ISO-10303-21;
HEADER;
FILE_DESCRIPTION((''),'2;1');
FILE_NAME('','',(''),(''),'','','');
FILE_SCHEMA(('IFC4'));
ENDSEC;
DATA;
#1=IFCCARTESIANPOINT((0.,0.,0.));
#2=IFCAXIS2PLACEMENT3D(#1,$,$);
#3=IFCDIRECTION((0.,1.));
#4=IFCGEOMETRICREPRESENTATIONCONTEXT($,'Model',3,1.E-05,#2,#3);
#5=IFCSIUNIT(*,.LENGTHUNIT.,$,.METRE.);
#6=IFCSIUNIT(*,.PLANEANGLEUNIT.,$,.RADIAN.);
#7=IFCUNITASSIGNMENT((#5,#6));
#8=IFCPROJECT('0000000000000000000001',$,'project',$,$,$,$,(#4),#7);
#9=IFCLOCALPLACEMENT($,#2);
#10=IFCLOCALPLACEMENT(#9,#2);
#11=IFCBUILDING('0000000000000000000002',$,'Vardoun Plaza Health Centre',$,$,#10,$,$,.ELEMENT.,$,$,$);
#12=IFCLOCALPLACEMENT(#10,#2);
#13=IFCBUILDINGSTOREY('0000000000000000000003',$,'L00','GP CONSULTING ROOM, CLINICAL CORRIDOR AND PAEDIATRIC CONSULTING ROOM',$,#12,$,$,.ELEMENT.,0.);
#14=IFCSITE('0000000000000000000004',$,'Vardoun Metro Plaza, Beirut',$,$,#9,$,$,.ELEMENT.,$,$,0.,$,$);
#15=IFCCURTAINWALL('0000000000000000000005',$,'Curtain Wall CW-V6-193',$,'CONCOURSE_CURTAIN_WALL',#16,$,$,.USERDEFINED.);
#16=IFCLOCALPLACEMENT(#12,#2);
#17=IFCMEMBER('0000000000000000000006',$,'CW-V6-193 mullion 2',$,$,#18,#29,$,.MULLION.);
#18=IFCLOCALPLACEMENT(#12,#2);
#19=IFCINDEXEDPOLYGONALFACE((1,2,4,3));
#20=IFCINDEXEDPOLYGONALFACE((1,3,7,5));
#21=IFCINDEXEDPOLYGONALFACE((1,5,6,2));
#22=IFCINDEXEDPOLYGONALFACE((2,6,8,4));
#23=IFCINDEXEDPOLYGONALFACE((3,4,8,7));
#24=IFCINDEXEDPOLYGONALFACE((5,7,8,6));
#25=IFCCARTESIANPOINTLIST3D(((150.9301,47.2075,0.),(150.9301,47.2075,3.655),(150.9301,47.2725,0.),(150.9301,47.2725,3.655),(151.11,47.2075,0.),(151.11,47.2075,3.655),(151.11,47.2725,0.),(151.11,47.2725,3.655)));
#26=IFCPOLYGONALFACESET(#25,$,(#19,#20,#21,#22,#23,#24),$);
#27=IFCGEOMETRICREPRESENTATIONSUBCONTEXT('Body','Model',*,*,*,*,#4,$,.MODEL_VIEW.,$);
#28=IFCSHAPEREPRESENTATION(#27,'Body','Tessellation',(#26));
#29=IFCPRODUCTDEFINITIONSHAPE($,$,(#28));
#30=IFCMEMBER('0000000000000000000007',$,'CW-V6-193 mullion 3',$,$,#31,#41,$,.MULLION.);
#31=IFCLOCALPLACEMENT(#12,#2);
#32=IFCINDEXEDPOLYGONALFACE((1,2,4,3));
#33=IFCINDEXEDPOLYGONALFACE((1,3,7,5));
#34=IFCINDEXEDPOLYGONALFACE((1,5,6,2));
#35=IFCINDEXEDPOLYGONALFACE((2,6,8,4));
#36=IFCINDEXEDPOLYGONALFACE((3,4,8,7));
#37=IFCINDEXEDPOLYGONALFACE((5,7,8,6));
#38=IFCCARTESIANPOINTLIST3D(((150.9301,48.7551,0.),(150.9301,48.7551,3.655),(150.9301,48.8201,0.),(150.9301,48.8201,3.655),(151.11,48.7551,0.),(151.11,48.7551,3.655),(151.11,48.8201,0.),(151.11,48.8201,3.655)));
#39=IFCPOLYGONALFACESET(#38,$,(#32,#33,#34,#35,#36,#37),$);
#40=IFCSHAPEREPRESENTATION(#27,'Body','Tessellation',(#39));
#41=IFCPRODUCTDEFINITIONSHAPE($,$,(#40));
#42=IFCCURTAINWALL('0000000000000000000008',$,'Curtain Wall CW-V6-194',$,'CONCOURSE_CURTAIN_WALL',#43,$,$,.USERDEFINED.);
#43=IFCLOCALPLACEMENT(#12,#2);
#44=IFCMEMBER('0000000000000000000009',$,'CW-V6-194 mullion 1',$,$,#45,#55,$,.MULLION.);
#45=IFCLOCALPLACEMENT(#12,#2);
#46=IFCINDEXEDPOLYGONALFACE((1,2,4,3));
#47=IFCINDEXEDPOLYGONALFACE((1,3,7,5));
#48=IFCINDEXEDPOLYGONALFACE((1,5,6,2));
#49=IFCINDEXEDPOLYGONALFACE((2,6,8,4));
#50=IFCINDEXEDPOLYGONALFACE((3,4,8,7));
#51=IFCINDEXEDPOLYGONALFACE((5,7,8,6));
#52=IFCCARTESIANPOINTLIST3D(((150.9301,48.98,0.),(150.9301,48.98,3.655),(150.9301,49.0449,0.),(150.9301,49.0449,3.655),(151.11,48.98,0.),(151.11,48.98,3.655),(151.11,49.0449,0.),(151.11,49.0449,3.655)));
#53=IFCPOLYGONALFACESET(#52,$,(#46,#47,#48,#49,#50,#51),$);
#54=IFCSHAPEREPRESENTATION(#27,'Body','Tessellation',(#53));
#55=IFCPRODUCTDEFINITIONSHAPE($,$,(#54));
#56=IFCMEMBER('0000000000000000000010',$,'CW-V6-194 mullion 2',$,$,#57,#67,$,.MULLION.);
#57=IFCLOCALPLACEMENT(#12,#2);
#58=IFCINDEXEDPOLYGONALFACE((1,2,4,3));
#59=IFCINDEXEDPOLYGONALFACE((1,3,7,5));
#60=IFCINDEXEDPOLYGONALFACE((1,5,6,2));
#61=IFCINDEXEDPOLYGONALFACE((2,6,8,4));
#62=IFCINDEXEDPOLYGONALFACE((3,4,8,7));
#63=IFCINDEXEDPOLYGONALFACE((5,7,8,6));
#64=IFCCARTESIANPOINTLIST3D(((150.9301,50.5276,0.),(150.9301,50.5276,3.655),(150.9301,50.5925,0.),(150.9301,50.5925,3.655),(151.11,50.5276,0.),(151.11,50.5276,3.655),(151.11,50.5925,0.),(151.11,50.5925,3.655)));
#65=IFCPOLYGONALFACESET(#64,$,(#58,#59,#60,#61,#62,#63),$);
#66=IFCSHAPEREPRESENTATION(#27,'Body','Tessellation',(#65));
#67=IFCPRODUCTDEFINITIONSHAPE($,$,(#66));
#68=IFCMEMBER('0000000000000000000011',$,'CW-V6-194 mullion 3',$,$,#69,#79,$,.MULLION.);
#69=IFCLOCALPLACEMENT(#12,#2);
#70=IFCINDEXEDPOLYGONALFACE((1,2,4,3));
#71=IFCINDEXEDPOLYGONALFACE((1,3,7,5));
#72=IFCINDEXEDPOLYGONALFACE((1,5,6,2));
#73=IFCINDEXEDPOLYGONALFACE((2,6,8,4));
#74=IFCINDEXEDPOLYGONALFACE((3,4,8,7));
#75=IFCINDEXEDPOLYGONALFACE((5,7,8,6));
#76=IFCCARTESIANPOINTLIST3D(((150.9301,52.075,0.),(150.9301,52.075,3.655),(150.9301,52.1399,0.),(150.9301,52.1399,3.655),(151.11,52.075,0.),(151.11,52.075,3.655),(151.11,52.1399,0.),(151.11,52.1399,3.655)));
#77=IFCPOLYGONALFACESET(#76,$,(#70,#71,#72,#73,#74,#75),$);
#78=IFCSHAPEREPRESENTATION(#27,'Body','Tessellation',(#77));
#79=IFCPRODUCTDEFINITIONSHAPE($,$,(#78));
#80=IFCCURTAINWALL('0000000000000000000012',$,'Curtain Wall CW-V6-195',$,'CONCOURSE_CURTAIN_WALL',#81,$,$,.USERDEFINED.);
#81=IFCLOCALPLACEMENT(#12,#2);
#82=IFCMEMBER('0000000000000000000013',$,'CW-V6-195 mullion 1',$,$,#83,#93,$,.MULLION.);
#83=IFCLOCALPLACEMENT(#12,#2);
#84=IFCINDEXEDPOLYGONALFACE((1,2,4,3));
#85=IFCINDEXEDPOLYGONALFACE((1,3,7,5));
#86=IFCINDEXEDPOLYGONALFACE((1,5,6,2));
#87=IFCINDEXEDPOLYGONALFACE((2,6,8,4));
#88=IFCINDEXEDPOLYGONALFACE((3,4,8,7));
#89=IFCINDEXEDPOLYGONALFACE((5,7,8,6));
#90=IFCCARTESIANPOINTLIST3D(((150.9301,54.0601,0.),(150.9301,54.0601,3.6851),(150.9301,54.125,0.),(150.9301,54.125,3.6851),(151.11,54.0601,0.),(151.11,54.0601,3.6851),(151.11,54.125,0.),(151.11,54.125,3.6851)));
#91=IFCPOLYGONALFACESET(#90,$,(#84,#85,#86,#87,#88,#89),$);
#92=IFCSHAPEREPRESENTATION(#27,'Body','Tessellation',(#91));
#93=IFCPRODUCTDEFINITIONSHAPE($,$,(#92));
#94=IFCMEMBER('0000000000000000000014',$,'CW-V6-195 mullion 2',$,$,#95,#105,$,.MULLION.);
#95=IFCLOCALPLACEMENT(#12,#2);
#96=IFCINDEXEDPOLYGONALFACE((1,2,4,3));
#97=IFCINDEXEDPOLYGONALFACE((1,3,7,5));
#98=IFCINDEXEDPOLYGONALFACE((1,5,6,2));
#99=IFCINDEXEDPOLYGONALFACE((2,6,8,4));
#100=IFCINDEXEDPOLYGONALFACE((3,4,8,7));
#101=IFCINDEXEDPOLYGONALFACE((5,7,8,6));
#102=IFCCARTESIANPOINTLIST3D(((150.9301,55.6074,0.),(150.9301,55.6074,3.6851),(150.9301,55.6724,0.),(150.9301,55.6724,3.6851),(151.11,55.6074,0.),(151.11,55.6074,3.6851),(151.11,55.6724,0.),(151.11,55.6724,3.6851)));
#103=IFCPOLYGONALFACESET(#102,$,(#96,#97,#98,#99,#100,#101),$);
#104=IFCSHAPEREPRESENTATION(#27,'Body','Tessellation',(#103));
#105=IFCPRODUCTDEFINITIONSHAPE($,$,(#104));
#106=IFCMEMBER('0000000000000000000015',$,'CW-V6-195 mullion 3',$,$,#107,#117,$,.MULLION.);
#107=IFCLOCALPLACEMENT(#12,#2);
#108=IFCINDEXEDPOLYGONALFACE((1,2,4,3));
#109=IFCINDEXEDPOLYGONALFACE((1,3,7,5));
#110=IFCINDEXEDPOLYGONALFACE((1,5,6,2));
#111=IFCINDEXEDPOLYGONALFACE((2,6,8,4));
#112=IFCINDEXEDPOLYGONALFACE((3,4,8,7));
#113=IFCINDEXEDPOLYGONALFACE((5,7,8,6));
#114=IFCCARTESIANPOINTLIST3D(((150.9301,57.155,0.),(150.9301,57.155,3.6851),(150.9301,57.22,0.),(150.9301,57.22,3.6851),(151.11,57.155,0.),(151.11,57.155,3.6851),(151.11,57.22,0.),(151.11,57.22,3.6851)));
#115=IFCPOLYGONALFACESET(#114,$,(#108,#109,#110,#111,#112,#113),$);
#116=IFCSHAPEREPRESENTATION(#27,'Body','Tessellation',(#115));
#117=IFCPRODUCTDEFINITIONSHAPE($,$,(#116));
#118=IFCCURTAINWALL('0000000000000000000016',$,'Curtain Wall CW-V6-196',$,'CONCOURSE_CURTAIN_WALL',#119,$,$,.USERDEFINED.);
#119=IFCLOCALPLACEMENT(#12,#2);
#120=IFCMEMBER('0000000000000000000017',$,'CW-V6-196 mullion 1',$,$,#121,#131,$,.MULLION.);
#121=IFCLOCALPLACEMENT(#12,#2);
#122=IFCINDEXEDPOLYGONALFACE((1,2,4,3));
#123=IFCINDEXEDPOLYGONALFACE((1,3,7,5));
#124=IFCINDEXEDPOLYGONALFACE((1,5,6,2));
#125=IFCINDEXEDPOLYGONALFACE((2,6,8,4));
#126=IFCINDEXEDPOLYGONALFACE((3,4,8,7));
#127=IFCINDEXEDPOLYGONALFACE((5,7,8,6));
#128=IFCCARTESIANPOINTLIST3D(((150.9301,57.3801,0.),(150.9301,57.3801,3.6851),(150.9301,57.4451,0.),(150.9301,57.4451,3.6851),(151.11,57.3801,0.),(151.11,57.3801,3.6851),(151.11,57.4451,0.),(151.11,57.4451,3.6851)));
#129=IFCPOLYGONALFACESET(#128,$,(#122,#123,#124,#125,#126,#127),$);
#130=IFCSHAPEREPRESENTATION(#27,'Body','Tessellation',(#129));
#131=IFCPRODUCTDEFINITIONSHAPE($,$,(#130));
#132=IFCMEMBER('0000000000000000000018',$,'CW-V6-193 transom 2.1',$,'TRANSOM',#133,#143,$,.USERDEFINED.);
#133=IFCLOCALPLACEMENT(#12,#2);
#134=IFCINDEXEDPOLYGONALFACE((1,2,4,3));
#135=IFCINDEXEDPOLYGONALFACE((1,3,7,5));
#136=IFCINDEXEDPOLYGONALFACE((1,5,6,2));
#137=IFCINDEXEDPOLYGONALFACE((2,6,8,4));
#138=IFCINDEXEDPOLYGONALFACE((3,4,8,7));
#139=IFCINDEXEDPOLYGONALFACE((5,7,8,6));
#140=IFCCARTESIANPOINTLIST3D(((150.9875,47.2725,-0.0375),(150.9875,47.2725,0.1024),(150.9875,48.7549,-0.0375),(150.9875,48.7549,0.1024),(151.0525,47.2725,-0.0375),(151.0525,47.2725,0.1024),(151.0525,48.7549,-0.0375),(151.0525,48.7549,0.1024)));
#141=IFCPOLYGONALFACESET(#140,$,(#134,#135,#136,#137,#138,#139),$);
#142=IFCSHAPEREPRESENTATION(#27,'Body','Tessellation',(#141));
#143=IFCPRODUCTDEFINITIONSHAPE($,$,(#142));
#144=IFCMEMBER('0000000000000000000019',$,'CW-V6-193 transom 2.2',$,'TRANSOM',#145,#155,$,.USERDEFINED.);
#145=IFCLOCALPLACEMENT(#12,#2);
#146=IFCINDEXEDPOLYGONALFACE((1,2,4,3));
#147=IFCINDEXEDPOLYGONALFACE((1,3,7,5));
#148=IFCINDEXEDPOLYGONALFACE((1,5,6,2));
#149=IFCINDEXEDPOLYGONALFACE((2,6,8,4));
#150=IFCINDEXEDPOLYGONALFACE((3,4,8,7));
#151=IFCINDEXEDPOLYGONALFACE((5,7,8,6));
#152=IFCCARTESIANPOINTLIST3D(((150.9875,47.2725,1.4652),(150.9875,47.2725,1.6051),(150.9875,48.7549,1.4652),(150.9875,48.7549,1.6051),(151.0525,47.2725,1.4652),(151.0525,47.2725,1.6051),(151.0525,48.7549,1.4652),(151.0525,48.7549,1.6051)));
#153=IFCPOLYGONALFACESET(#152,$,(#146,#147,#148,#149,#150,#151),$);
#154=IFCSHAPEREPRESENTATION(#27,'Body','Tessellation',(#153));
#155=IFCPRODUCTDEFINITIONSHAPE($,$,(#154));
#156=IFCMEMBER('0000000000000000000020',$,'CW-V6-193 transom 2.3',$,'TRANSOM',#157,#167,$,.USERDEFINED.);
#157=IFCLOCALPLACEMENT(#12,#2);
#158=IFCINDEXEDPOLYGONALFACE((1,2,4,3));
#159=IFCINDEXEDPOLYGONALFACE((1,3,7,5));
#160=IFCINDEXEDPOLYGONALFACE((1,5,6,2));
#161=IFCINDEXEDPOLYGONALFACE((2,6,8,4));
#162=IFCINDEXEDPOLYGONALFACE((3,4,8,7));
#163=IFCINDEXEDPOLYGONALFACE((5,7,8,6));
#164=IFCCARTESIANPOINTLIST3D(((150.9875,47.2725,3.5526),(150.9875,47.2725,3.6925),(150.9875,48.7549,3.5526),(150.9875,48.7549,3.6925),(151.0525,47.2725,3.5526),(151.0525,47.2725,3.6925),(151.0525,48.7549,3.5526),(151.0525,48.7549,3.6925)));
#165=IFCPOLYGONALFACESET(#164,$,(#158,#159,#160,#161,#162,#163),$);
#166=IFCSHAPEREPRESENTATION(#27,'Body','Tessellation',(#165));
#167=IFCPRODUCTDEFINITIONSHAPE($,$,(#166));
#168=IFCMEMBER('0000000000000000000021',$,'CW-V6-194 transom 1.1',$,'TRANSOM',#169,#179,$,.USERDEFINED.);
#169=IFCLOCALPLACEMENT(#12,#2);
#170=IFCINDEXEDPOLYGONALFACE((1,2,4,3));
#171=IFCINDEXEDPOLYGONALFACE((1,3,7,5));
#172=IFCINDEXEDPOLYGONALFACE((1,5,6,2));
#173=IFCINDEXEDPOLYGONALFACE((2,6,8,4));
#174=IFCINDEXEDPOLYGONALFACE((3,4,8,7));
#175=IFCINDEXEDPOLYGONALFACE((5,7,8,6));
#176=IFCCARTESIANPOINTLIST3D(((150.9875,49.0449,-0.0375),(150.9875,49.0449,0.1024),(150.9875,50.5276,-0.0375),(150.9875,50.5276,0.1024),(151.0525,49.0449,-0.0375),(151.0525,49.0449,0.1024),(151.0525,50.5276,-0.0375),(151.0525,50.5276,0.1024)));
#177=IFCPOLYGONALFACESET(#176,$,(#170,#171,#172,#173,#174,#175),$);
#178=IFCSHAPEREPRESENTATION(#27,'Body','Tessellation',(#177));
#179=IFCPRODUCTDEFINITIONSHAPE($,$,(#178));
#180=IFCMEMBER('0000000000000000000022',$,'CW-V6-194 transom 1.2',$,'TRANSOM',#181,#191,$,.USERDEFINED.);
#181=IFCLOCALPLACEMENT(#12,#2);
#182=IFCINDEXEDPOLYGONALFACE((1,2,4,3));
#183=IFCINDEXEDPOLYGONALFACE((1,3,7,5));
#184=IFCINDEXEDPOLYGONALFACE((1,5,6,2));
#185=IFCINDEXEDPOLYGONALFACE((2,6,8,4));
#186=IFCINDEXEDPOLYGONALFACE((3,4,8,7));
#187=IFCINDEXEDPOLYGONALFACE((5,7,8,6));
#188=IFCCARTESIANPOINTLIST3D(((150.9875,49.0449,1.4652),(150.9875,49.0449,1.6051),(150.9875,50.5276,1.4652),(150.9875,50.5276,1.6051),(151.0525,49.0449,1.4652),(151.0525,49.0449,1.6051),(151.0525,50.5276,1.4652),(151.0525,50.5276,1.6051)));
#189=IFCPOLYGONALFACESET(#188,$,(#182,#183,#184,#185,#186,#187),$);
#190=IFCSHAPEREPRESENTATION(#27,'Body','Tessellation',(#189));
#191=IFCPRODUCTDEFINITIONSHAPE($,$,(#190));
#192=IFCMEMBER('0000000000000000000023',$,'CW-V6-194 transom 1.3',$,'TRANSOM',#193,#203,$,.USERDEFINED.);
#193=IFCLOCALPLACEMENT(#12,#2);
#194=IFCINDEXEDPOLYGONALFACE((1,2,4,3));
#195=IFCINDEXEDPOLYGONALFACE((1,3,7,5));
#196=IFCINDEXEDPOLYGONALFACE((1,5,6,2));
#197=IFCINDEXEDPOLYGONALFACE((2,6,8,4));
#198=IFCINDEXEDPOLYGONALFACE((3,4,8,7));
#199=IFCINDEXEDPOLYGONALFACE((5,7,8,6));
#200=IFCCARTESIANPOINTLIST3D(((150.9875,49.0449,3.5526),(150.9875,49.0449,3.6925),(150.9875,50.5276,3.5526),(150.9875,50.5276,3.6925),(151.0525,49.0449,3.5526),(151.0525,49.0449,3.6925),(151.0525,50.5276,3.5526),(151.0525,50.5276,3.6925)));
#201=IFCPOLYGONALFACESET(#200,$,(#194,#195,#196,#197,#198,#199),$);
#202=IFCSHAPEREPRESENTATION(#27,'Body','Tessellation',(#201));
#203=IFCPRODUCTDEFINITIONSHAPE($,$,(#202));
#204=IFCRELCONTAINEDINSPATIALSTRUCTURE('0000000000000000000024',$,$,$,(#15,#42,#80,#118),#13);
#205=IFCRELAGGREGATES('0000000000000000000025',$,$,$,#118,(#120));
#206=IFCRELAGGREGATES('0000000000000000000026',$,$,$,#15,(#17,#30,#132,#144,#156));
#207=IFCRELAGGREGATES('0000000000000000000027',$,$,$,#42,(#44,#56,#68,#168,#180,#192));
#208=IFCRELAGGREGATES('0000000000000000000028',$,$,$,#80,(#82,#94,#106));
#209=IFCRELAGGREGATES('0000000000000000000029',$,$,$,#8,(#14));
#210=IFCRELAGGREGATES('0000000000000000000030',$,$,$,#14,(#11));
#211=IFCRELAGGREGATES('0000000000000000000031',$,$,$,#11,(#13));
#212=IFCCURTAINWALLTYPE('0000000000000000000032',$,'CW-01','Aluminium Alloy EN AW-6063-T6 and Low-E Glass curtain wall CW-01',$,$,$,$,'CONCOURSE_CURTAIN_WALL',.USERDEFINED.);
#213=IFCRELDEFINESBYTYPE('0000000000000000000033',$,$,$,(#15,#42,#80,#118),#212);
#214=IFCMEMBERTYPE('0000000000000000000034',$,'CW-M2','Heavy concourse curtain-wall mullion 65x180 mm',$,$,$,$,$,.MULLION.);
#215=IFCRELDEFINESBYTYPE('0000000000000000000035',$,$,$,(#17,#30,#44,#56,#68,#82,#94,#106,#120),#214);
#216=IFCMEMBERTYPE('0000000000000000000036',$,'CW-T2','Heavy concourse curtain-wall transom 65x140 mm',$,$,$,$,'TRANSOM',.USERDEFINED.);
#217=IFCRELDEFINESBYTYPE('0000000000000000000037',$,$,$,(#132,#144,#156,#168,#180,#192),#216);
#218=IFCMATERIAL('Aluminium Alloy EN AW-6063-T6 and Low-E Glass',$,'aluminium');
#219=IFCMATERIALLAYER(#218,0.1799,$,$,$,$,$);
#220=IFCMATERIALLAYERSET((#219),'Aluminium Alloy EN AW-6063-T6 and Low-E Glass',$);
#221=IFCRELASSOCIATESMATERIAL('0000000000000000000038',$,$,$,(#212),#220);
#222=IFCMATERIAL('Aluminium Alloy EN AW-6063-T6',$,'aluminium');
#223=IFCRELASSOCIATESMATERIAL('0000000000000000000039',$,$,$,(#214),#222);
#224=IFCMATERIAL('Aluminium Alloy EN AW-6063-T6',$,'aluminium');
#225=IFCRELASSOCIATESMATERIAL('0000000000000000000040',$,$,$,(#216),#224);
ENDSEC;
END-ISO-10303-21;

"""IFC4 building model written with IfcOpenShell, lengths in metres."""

from ifc_helpers import new_model, si_unit, direction, frame, origin, origin_2d, place, context, subcontext, project, spatial, rectangle, extrude, material, layer, layer_set, material_profile, profile_set, type_object, element, aggregate, save


model = new_model("IFC4")

# Units and contexts
model_context = context("Model", 3, precision=1e-05, world=origin(), true_north=direction((0.0, 1.0)))
body_context = subcontext(model_context, "Body", "Model", "MODEL_VIEW")
ifc_project = project(units=[si_unit("LENGTHUNIT", "METRE"), si_unit("PLANEANGLEUNIT", "RADIAN")], contexts=[model_context])

# Site, building, storey
site_placement = place(None, origin())
site = spatial("IfcSite", under=ifc_project, at=site_placement, Name="Vardoun Metro Plaza, Beirut", CompositionType="ELEMENT", RefElevation=0.0)
building_placement = place(site_placement, origin())
building = spatial("IfcBuilding", under=site, at=building_placement, Name="Vardoun Plaza Health Centre", CompositionType="ELEMENT")
storey_placement = place(building_placement, origin())
storey = spatial("IfcBuildingStorey", under=building, at=storey_placement, Name="L00", Description="GP CONSULTING ROOM, CLINICAL CORRIDOR AND PAEDIATRIC CONSULTING ROOM", CompositionType="ELEMENT", Elevation=0.0)

# Curtain walls, members
ifc_material_1 = material(Name="Aluminium Alloy EN AW-6063-T6 and Low-E Glass", Category="aluminium")
ifc_layer_1 = layer(ifc_material_1, 0.1799)
ifc_layer_set_1 = layer_set([ifc_layer_1], Name="Aluminium Alloy EN AW-6063-T6 and Low-E Glass")
curtain_wall_type = type_object("IfcCurtainWallType", Name="CW-01", Description="Aluminium Alloy EN AW-6063-T6 and Low-E Glass curtain wall CW-01", ElementType="CONCOURSE_CURTAIN_WALL", PredefinedType="USERDEFINED", material=ifc_layer_set_1)
curtain_wall_1_placement = place(storey_placement, origin())
curtain_wall_1 = element("IfcCurtainWall", 1, at=curtain_wall_1_placement, inside=storey, type_object=curtain_wall_type, Name="Curtain Wall CW-V6-193", ObjectType="CONCOURSE_CURTAIN_WALL", PredefinedType="USERDEFINED")
ifc_material_2 = material(Name="Aluminium Alloy EN AW-6063-T6", Category="aluminium")
ifc_material_profile_1 = material_profile(ifc_material_2, rectangle(XDim=0.1799, YDim=0.0649, at=origin_2d()), Name="CWM 65x180")
ifc_profile_set_1 = profile_set([ifc_material_profile_1], Name="Aluminium Alloy EN AW-6063-T6")
member_type_1 = type_object("IfcMemberType", Name="CW-M2", Description="Heavy concourse curtain-wall mullion 65x180 mm", PredefinedType="MULLION", material=ifc_profile_set_1)
member_1_placement = place(storey_placement, frame((151.02, 47.24, 0.0), z_axis=(0.0, 0.0, 1.0), x_axis=(-1.0, 0.0, 0.0)))
member_1 = element("IfcMember", 2, at=member_1_placement, type_object=member_type_1, Name="CW-V6-193 mullion 2", PredefinedType="MULLION", context=body_context, shape_type="SweptSolid", body=[
    extrude(rectangle(XDim=0.1799, YDim=0.0649, at=origin_2d()), origin(), (0.0, 0.0, 1.0), 3.655),
])
member_2_placement = place(storey_placement, frame((151.02, 48.7876, 0.0), z_axis=(0.0, 0.0, 1.0), x_axis=(-1.0, 0.0, 0.0)))
member_2 = element("IfcMember", 3, at=member_2_placement, type_object=member_type_1, Name="CW-V6-193 mullion 3", PredefinedType="MULLION", context=body_context, shape_type="SweptSolid", body=[
    extrude(rectangle(XDim=0.1799, YDim=0.0649, at=origin_2d()), origin(), (0.0, 0.0, 1.0), 3.655),
])
curtain_wall_2_placement = place(storey_placement, origin())
curtain_wall_2 = element("IfcCurtainWall", 4, at=curtain_wall_2_placement, inside=storey, type_object=curtain_wall_type, Name="Curtain Wall CW-V6-194", ObjectType="CONCOURSE_CURTAIN_WALL", PredefinedType="USERDEFINED")
member_3_placement = place(storey_placement, frame((151.02, 49.0125, 0.0), z_axis=(0.0, 0.0, 1.0), x_axis=(-1.0, 0.0, 0.0)))
member_3 = element("IfcMember", 5, at=member_3_placement, type_object=member_type_1, Name="CW-V6-194 mullion 1", PredefinedType="MULLION", context=body_context, shape_type="SweptSolid", body=[
    extrude(rectangle(XDim=0.1799, YDim=0.0649, at=origin_2d()), origin(), (0.0, 0.0, 1.0), 3.655),
])
member_4_placement = place(storey_placement, frame((151.02, 50.5601, 0.0), z_axis=(0.0, 0.0, 1.0), x_axis=(-1.0, 0.0, 0.0)))
member_4 = element("IfcMember", 6, at=member_4_placement, type_object=member_type_1, Name="CW-V6-194 mullion 2", PredefinedType="MULLION", context=body_context, shape_type="SweptSolid", body=[
    extrude(rectangle(XDim=0.1799, YDim=0.0649, at=origin_2d()), origin(), (0.0, 0.0, 1.0), 3.655),
])
member_5_placement = place(storey_placement, frame((151.02, 52.1074, 0.0), z_axis=(0.0, 0.0, 1.0), x_axis=(-1.0, 0.0, 0.0)))
member_5 = element("IfcMember", 7, at=member_5_placement, type_object=member_type_1, Name="CW-V6-194 mullion 3", PredefinedType="MULLION", context=body_context, shape_type="SweptSolid", body=[
    extrude(rectangle(XDim=0.1799, YDim=0.0649, at=origin_2d()), origin(), (0.0, 0.0, 1.0), 3.655),
])
curtain_wall_3_placement = place(storey_placement, origin())
curtain_wall_3 = element("IfcCurtainWall", 8, at=curtain_wall_3_placement, inside=storey, type_object=curtain_wall_type, Name="Curtain Wall CW-V6-195", ObjectType="CONCOURSE_CURTAIN_WALL", PredefinedType="USERDEFINED")
member_6_placement = place(storey_placement, frame((151.02, 54.0925, 0.0), z_axis=(0.0, 0.0, 1.0), x_axis=(-1.0, 0.0, 0.0)))
member_6 = element("IfcMember", 9, at=member_6_placement, type_object=member_type_1, Name="CW-V6-195 mullion 1", PredefinedType="MULLION", context=body_context, shape_type="SweptSolid", body=[
    extrude(rectangle(XDim=0.1799, YDim=0.0649, at=origin_2d()), origin(), (0.0, 0.0, 1.0), 3.6851),
])
member_7_placement = place(storey_placement, frame((151.02, 55.6399, 0.0), z_axis=(0.0, 0.0, 1.0), x_axis=(-1.0, 0.0, 0.0)))
member_7 = element("IfcMember", 10, at=member_7_placement, type_object=member_type_1, Name="CW-V6-195 mullion 2", PredefinedType="MULLION", context=body_context, shape_type="SweptSolid", body=[
    extrude(rectangle(XDim=0.1799, YDim=0.0649, at=origin_2d()), origin(), (0.0, 0.0, 1.0), 3.6851),
])
member_8_placement = place(storey_placement, frame((151.02, 57.1875, 0.0), z_axis=(0.0, 0.0, 1.0), x_axis=(-1.0, 0.0, 0.0)))
member_8 = element("IfcMember", 11, at=member_8_placement, type_object=member_type_1, Name="CW-V6-195 mullion 3", PredefinedType="MULLION", context=body_context, shape_type="SweptSolid", body=[
    extrude(rectangle(XDim=0.1799, YDim=0.0649, at=origin_2d()), origin(), (0.0, 0.0, 1.0), 3.6851),
])

# Curtain wall, member
curtain_wall_4_placement = place(storey_placement, origin())
curtain_wall_4 = element("IfcCurtainWall", 12, at=curtain_wall_4_placement, inside=storey, type_object=curtain_wall_type, Name="Curtain Wall CW-V6-196", ObjectType="CONCOURSE_CURTAIN_WALL", PredefinedType="USERDEFINED")
member_9_placement = place(storey_placement, frame((151.02, 57.4126, 0.0), z_axis=(0.0, 0.0, 1.0), x_axis=(-1.0, 0.0, 0.0)))
member_9 = element("IfcMember", 13, at=member_9_placement, type_object=member_type_1, Name="CW-V6-196 mullion 1", PredefinedType="MULLION", context=body_context, shape_type="SweptSolid", body=[
    extrude(rectangle(XDim=0.1799, YDim=0.0649, at=origin_2d()), origin(), (0.0, 0.0, 1.0), 3.6851),
])

# Members
ifc_material_3 = material(Name="Aluminium Alloy EN AW-6063-T6", Category="aluminium")
ifc_material_profile_2 = material_profile(ifc_material_3, rectangle(XDim=0.0649, YDim=0.1399, at=origin_2d()), Name="CWT 65x140")
ifc_profile_set_2 = profile_set([ifc_material_profile_2], Name="Aluminium Alloy EN AW-6063-T6")
member_type_2 = type_object("IfcMemberType", Name="CW-T2", Description="Heavy concourse curtain-wall transom 65x140 mm", ElementType="TRANSOM", PredefinedType="USERDEFINED", material=ifc_profile_set_2)
member_10_placement = place(storey_placement, frame((151.02, 47.2725, 0.0325), z_axis=(0.0, 1.0, 0.0), x_axis=(-1.0, 0.0, 0.0)))
member_10 = element("IfcMember", 14, at=member_10_placement, type_object=member_type_2, Name="CW-V6-193 transom 2.1", ObjectType="TRANSOM", PredefinedType="USERDEFINED", context=body_context, shape_type="SweptSolid", body=[
    extrude(rectangle(XDim=0.0649, YDim=0.1399, at=origin_2d()), origin(), (0.0, 0.0, 1.0), 1.4824),
])
member_11_placement = place(storey_placement, frame((151.02, 47.2725, 1.5352), z_axis=(0.0, 1.0, 0.0), x_axis=(-1.0, 0.0, 0.0)))
member_11 = element("IfcMember", 15, at=member_11_placement, type_object=member_type_2, Name="CW-V6-193 transom 2.2", ObjectType="TRANSOM", PredefinedType="USERDEFINED", context=body_context, shape_type="SweptSolid", body=[
    extrude(rectangle(XDim=0.0649, YDim=0.1399, at=origin_2d()), origin(), (0.0, 0.0, 1.0), 1.4824),
])
member_12_placement = place(storey_placement, frame((151.02, 47.2725, 3.6226), z_axis=(0.0, 1.0, 0.0), x_axis=(-1.0, 0.0, 0.0)))
member_12 = element("IfcMember", 16, at=member_12_placement, type_object=member_type_2, Name="CW-V6-193 transom 2.3", ObjectType="TRANSOM", PredefinedType="USERDEFINED", context=body_context, shape_type="SweptSolid", body=[
    extrude(rectangle(XDim=0.0649, YDim=0.1399, at=origin_2d()), origin(), (0.0, 0.0, 1.0), 1.4824),
])
member_13_placement = place(storey_placement, frame((151.02, 49.0449, 0.0325), z_axis=(0.0, 1.0, 0.0), x_axis=(-1.0, 0.0, 0.0)))
member_13 = element("IfcMember", 17, at=member_13_placement, type_object=member_type_2, Name="CW-V6-194 transom 1.1", ObjectType="TRANSOM", PredefinedType="USERDEFINED", context=body_context, shape_type="SweptSolid", body=[
    extrude(rectangle(XDim=0.0649, YDim=0.1399, at=origin_2d()), origin(), (0.0, 0.0, 1.0), 1.4827),
])
member_14_placement = place(storey_placement, frame((151.02, 49.0449, 1.5352), z_axis=(0.0, 1.0, 0.0), x_axis=(-1.0, 0.0, 0.0)))
member_14 = element("IfcMember", 18, at=member_14_placement, type_object=member_type_2, Name="CW-V6-194 transom 1.2", ObjectType="TRANSOM", PredefinedType="USERDEFINED", context=body_context, shape_type="SweptSolid", body=[
    extrude(rectangle(XDim=0.0649, YDim=0.1399, at=origin_2d()), origin(), (0.0, 0.0, 1.0), 1.4827),
])
member_15_placement = place(storey_placement, frame((151.02, 49.0449, 3.6226), z_axis=(0.0, 1.0, 0.0), x_axis=(-1.0, 0.0, 0.0)))
member_15 = element("IfcMember", 19, at=member_15_placement, type_object=member_type_2, Name="CW-V6-194 transom 1.3", ObjectType="TRANSOM", PredefinedType="USERDEFINED", context=body_context, shape_type="SweptSolid", body=[
    extrude(rectangle(XDim=0.0649, YDim=0.1399, at=origin_2d()), origin(), (0.0, 0.0, 1.0), 1.4827),
])
aggregate(curtain_wall_4, [member_9])

aggregate(curtain_wall_1, [member_1, member_2, member_10, member_11, member_12])
aggregate(curtain_wall_2, [member_3, member_4, member_5, member_13, member_14, member_15])
aggregate(curtain_wall_3, [member_6, member_7, member_8])

save(model, "model.ifc")
